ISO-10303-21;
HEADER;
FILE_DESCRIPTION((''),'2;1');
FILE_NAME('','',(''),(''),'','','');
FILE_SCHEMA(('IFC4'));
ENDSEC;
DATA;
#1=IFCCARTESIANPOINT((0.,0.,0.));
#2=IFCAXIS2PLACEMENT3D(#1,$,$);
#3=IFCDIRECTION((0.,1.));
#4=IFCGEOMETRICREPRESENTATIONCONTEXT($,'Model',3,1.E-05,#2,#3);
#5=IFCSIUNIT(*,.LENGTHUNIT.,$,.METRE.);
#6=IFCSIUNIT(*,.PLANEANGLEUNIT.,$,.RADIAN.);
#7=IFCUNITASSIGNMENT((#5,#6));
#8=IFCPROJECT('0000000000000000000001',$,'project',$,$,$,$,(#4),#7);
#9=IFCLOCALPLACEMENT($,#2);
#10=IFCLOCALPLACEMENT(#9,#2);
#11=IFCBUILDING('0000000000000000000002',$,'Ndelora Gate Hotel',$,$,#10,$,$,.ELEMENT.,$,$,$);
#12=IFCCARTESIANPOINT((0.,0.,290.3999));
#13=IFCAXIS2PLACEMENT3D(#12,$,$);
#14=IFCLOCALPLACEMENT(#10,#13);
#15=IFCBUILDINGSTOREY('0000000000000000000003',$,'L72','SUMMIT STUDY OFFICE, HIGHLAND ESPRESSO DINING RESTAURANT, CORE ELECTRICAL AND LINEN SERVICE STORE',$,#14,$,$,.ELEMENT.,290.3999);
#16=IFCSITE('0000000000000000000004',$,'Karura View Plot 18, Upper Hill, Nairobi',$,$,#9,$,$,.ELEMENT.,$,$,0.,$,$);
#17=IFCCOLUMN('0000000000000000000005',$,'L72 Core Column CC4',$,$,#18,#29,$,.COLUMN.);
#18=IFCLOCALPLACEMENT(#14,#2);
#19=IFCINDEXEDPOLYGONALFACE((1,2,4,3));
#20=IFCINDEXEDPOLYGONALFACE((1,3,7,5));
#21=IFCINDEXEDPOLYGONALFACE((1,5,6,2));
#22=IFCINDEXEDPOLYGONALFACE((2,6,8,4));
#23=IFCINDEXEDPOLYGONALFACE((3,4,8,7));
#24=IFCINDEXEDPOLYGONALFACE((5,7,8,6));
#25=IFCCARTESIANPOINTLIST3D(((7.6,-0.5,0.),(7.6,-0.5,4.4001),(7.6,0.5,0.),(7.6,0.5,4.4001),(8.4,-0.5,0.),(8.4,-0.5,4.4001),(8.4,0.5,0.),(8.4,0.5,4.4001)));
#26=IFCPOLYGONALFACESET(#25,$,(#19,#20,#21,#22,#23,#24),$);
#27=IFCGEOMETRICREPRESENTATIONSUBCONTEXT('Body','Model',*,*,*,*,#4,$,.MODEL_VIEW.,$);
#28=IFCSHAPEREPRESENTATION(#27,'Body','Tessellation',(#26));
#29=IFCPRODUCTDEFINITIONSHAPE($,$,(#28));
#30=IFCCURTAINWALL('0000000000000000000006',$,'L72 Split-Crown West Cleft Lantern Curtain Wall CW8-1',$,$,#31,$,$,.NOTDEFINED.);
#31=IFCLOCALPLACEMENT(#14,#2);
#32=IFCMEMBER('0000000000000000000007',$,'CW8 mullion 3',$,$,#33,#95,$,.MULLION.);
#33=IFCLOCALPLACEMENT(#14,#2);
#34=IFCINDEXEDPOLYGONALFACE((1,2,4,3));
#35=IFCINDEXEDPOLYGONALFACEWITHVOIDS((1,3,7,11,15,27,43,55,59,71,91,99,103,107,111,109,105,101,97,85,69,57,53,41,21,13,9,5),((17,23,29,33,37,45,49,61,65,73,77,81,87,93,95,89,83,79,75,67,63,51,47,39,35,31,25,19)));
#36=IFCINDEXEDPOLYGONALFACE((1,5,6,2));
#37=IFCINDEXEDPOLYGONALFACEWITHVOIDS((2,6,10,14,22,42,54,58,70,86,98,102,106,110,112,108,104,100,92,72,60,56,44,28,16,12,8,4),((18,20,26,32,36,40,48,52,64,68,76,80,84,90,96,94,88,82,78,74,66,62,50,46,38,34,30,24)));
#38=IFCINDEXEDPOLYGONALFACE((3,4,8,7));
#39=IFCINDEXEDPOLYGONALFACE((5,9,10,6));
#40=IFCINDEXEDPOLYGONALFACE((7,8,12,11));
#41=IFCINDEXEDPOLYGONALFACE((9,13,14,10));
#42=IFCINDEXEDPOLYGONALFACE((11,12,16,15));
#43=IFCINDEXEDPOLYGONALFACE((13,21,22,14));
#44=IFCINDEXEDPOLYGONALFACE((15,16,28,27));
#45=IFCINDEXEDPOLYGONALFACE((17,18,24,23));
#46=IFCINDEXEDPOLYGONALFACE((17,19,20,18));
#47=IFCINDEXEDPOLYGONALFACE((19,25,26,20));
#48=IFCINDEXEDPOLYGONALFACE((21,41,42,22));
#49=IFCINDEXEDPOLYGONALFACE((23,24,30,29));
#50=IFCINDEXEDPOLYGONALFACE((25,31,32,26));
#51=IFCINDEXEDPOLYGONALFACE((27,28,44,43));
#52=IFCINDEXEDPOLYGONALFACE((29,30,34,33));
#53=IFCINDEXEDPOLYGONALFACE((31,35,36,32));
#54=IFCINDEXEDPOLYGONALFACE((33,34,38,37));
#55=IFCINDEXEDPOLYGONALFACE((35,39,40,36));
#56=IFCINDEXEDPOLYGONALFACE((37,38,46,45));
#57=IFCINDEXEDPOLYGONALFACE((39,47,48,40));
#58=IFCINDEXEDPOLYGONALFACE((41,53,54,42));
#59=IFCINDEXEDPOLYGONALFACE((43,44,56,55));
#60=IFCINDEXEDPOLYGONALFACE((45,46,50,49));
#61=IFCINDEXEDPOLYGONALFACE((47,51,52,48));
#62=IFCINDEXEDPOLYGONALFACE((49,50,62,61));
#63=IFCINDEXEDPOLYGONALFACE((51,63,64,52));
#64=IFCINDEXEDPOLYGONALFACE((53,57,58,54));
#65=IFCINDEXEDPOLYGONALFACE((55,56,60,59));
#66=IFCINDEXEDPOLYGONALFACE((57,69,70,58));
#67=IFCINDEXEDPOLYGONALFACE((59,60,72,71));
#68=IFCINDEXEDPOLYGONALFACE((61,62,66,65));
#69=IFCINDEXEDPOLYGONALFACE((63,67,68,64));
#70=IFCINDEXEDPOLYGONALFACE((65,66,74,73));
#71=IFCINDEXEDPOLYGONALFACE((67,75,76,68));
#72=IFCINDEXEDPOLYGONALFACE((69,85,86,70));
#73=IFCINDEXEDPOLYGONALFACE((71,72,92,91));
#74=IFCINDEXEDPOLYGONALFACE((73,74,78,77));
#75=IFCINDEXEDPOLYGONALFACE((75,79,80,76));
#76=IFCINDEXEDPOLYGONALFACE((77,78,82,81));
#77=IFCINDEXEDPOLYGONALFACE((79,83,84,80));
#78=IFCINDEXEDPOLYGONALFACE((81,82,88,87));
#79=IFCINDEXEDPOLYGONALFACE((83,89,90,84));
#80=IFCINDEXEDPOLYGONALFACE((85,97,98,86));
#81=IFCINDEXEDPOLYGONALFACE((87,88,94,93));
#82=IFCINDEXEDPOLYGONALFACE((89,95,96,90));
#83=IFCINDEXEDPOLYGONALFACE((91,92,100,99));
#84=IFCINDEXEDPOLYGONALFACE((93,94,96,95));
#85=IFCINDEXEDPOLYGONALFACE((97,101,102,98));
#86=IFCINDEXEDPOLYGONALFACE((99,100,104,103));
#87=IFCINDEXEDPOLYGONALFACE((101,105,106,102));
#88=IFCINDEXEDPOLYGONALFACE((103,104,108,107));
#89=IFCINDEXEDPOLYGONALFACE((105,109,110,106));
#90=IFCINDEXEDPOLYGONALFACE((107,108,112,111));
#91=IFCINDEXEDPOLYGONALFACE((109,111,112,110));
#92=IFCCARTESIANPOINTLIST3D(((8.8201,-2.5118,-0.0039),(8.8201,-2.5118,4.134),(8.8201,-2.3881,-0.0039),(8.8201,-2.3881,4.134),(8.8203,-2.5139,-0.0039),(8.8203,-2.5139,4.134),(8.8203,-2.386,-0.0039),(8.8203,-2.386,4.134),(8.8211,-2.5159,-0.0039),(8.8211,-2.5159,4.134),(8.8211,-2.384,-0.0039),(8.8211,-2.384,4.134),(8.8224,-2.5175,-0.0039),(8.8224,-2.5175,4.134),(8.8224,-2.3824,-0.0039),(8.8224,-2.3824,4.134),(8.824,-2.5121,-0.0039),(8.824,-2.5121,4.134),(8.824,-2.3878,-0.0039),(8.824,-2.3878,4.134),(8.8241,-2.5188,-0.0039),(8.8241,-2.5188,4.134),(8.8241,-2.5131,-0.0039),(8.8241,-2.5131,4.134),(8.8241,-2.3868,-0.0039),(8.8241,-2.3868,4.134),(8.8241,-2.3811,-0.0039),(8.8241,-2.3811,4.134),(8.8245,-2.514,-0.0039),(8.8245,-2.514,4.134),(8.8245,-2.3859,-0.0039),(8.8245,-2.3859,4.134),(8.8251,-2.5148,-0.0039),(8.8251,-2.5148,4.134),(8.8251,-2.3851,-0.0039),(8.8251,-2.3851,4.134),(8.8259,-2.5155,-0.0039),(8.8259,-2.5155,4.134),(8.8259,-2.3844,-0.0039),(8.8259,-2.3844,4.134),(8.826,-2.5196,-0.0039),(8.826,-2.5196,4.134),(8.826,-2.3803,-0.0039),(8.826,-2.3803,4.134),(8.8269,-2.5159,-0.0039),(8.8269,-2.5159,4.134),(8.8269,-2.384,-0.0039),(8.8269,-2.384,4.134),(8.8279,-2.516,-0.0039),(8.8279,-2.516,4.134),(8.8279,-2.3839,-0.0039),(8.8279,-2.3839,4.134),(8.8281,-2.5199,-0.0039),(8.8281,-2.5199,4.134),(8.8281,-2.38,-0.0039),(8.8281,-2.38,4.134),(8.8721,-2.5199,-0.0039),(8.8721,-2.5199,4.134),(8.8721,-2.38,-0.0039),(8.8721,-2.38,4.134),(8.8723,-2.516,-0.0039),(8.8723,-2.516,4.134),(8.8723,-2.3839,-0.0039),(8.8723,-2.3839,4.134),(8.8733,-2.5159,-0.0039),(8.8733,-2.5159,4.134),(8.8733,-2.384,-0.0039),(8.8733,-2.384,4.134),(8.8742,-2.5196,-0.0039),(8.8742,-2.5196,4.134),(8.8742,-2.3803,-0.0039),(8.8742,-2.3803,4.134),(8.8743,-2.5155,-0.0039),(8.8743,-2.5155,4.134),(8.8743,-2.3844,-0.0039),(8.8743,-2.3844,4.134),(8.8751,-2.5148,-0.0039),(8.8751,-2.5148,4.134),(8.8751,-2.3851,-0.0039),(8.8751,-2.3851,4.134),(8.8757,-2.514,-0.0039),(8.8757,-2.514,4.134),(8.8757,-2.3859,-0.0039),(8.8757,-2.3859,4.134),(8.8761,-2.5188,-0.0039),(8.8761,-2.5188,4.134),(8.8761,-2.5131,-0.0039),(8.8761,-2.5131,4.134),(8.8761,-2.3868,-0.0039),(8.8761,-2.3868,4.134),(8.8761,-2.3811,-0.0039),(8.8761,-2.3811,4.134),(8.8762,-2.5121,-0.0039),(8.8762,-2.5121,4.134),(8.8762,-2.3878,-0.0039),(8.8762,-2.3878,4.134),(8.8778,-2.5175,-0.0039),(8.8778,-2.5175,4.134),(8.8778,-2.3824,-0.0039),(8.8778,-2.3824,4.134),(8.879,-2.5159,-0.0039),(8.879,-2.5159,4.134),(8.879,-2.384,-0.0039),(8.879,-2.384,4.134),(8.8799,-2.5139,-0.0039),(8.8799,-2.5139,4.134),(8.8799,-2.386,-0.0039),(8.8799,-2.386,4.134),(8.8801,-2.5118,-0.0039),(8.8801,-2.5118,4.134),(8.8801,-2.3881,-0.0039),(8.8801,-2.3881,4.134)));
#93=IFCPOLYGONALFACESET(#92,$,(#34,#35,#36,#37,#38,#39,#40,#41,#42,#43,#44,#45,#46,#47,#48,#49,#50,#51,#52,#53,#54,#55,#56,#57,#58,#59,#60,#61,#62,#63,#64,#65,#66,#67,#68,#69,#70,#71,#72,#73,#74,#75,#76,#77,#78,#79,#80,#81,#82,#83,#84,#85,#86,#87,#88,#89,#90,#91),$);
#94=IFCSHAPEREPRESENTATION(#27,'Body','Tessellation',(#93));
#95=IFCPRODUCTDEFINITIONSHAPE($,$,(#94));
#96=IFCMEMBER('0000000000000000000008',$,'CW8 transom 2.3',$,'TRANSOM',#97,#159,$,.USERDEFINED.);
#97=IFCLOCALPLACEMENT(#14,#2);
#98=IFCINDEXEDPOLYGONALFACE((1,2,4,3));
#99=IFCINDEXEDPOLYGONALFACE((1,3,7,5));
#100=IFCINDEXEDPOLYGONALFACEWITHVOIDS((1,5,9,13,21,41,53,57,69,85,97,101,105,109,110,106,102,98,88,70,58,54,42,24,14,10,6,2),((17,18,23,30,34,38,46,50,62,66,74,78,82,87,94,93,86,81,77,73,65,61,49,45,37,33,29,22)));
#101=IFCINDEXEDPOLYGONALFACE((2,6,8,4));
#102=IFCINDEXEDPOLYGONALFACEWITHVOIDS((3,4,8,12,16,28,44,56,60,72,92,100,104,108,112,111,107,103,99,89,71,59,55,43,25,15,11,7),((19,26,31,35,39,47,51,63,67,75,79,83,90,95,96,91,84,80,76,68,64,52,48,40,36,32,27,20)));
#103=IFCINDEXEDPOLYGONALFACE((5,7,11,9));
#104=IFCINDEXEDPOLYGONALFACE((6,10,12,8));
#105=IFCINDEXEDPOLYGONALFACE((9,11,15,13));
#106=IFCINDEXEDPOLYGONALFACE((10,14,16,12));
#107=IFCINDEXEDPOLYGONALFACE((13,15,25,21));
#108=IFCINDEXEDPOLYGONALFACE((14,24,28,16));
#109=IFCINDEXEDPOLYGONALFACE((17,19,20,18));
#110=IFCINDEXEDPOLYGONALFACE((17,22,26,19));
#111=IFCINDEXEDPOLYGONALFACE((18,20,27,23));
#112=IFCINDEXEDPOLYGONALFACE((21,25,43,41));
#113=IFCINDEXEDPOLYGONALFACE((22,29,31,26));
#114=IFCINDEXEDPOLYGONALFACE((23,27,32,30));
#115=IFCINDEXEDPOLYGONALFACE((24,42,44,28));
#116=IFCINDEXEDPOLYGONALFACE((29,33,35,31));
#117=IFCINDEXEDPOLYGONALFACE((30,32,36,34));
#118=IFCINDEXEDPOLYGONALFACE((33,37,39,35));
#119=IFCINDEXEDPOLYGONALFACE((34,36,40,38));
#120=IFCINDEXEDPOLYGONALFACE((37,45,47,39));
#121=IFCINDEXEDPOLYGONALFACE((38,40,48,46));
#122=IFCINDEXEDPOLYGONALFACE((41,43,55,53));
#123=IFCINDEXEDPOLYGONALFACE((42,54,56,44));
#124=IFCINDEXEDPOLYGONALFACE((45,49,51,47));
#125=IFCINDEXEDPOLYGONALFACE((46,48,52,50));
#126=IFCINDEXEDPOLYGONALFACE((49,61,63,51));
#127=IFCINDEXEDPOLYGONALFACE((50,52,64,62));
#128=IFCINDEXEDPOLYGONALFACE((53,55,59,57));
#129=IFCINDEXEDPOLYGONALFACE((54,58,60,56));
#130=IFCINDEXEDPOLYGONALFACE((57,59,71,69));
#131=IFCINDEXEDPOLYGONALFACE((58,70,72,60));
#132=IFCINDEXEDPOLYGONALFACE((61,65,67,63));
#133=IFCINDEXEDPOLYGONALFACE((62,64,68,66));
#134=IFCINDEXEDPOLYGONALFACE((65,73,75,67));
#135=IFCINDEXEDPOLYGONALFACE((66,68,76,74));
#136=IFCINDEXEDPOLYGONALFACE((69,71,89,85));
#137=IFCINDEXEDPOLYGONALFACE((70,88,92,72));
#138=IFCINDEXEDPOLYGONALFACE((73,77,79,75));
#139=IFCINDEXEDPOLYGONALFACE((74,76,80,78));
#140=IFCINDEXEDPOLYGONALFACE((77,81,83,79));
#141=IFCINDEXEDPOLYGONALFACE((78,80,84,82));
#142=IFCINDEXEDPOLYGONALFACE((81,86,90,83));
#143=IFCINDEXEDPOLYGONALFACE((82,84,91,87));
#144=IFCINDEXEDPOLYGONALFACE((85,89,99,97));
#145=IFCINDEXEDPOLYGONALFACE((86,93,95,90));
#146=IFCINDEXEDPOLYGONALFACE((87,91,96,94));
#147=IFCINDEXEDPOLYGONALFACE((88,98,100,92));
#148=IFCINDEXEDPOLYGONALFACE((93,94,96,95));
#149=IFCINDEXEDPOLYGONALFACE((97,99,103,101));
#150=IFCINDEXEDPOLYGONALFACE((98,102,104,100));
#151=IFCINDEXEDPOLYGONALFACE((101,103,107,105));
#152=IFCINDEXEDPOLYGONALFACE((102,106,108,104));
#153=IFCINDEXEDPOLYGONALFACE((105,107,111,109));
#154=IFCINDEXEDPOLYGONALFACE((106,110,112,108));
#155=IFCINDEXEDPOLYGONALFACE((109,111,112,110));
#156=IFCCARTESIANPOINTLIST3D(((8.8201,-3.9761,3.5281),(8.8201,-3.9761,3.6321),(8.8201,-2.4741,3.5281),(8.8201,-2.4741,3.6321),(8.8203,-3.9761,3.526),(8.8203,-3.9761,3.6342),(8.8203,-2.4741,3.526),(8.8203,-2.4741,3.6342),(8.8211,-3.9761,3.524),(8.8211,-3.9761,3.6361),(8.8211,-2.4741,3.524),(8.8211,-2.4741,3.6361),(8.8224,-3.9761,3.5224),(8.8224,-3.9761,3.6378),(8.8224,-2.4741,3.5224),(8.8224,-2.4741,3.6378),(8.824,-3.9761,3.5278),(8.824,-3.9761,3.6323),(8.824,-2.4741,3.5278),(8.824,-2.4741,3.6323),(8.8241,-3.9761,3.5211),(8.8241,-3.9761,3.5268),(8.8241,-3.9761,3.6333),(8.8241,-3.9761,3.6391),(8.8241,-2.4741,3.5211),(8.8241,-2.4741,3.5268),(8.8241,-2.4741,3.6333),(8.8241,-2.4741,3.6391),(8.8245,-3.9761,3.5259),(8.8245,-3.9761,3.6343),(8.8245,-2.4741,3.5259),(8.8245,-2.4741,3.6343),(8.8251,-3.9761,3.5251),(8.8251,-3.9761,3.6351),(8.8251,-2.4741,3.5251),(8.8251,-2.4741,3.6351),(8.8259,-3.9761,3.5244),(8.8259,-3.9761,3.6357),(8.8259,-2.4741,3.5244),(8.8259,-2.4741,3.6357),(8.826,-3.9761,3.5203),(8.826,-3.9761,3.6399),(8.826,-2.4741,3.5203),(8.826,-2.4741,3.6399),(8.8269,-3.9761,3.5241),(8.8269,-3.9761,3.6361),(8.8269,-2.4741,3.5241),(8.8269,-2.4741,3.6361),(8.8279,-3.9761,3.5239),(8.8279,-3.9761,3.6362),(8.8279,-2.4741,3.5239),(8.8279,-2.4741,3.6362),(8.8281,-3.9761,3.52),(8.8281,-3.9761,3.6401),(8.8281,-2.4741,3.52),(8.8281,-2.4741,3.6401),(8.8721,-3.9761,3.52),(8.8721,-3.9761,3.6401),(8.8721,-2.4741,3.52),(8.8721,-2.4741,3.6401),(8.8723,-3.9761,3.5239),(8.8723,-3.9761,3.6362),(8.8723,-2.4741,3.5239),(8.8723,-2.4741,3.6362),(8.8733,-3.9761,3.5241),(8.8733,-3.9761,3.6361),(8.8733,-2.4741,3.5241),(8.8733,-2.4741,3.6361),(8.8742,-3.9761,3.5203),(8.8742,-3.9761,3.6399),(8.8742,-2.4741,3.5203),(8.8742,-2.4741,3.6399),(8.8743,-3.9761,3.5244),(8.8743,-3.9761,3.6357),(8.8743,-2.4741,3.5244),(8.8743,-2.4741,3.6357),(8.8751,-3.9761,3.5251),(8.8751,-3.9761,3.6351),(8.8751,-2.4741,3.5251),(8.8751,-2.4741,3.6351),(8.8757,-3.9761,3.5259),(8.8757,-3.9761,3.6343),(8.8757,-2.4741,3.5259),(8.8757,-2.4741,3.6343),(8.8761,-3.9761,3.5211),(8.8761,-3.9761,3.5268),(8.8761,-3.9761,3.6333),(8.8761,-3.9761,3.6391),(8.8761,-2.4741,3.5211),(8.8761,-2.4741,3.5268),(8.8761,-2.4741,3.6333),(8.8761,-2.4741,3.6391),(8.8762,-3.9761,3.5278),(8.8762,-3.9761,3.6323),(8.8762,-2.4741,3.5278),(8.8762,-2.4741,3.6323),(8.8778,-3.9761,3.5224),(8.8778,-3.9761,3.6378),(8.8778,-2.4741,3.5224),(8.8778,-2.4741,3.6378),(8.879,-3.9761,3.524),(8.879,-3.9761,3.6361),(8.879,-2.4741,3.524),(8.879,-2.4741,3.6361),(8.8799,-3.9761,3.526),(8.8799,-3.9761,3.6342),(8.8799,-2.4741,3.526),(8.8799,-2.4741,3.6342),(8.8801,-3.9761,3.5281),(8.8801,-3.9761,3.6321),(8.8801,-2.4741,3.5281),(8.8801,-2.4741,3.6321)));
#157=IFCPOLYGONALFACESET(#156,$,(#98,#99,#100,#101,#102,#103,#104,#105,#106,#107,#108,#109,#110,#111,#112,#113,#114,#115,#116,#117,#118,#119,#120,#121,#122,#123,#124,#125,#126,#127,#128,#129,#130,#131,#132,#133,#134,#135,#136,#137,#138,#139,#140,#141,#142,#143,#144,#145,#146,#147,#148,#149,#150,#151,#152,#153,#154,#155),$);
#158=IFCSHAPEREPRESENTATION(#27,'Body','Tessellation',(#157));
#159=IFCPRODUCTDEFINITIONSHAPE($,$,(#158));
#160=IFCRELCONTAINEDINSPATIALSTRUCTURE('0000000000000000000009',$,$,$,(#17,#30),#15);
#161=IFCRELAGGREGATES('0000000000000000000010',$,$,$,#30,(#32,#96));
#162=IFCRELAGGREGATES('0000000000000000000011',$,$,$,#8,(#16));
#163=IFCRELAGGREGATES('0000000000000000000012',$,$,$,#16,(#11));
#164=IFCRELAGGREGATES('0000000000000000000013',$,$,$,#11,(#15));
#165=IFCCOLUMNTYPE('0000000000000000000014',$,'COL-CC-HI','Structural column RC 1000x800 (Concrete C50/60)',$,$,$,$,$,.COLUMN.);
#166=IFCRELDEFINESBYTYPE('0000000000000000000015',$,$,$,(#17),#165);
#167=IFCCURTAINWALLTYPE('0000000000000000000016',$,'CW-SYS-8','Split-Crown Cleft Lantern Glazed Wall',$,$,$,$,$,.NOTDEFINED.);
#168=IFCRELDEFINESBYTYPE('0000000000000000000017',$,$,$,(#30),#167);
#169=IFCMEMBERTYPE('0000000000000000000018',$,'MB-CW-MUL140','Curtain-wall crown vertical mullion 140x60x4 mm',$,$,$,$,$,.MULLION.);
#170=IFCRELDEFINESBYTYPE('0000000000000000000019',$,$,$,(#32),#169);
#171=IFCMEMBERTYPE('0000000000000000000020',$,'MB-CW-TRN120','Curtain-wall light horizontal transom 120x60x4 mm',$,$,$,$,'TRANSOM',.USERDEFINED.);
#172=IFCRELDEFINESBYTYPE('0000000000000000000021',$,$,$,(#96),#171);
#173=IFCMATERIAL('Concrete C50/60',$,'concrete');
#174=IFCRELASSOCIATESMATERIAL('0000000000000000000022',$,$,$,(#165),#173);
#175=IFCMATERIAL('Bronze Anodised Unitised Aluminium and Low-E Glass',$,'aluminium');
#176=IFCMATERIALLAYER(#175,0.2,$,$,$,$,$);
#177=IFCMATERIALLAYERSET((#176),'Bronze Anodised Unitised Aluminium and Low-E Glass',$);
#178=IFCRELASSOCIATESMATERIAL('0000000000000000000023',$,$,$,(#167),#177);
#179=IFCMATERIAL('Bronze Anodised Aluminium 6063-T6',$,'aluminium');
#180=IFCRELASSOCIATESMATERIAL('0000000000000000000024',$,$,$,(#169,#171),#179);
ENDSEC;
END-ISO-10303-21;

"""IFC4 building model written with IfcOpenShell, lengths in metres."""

from ifc_helpers import new_model, si_unit, direction, frame, origin, origin_2d, place, context, subcontext, project, spatial, rectangle, hollow_rectangle, extrude, material, layer, layer_set, material_profile, profile_set, type_object, element, aggregate, save


model = new_model("IFC4")

# Units and contexts
model_context = context("Model", 3, precision=1e-05, world=origin(), true_north=direction((0.0, 1.0)))
body_context = subcontext(model_context, "Body", "Model", "MODEL_VIEW")
ifc_project = project(units=[si_unit("LENGTHUNIT", "METRE"), si_unit("PLANEANGLEUNIT", "RADIAN")], contexts=[model_context])

# Site, building, storey
site_placement = place(None, origin())
site = spatial("IfcSite", under=ifc_project, at=site_placement, Name="Karura View Plot 18, Upper Hill, Nairobi", CompositionType="ELEMENT", RefElevation=0.0)
building_placement = place(site_placement, origin())
building = spatial("IfcBuilding", under=site, at=building_placement, Name="Ndelora Gate Hotel", CompositionType="ELEMENT")
storey_placement = place(building_placement, frame((0.0, 0.0, 290.3999)))
storey = spatial("IfcBuildingStorey", under=building, at=storey_placement, Name="L72", Description="SUMMIT STUDY OFFICE, HIGHLAND ESPRESSO DINING RESTAURANT, CORE ELECTRICAL AND LINEN SERVICE STORE", CompositionType="ELEMENT", Elevation=290.3999)

# Column
ifc_material_1 = material(Name="Concrete C50/60", Category="concrete")
ifc_material_profile_1 = material_profile(ifc_material_1, rectangle(XDim=0.8, YDim=1.0, at=origin_2d()), Name="RC 1000x800")
ifc_profile_set_1 = profile_set([ifc_material_profile_1], Name="Concrete C50/60")
column_type = type_object("IfcColumnType", Name="COL-CC-HI", Description="Structural column RC 1000x800 (Concrete C50/60)", PredefinedType="COLUMN", material=ifc_profile_set_1)
column_placement = place(storey_placement, frame((8.0, 0.0, 0.0), z_axis=(0.0, 0.0, 1.0), x_axis=(1.0, 0.0, 0.0)))
element("IfcColumn", 1, at=column_placement, inside=storey, type_object=column_type, Name="L72 Core Column CC4", PredefinedType="COLUMN", context=body_context, shape_type="SweptSolid", body=[
    extrude(rectangle(XDim=0.8, YDim=1.0, at=origin_2d()), origin(), (0.0, 0.0, 1.0), 4.4001),
])

# Curtain wall, members
ifc_material_2 = material(Name="Bronze Anodised Unitised Aluminium and Low-E Glass", Category="aluminium")
ifc_layer_1 = layer(ifc_material_2, 0.2)
ifc_layer_set_1 = layer_set([ifc_layer_1], Name="Bronze Anodised Unitised Aluminium and Low-E Glass")
curtain_wall_type = type_object("IfcCurtainWallType", Name="CW-SYS-8", Description="Split-Crown Cleft Lantern Glazed Wall", PredefinedType="NOTDEFINED", material=ifc_layer_set_1)
curtain_wall_placement = place(storey_placement, origin())
curtain_wall = element("IfcCurtainWall", 2, at=curtain_wall_placement, inside=storey, type_object=curtain_wall_type, Name="L72 Split-Crown West Cleft Lantern Curtain Wall CW8-1", PredefinedType="NOTDEFINED")
ifc_material_3 = material(Name="Bronze Anodised Aluminium 6063-T6", Category="aluminium")
ifc_material_profile_2 = material_profile(ifc_material_3, hollow_rectangle(XDim=0.0601, YDim=0.1399, WallThickness=0.0039, InnerFilletRadius=0.0039, OuterFilletRadius=0.0081, at=origin_2d()), Name="ALU 140x60x4")
ifc_profile_set_2 = profile_set([ifc_material_profile_2], Name="Bronze Anodised Aluminium 6063-T6")
member_type_1 = type_object("IfcMemberType", Name="MB-CW-MUL140", Description="Curtain-wall crown vertical mullion 140x60x4 mm", PredefinedType="MULLION", material=ifc_profile_set_2)
member_1_placement = place(storey_placement, frame((8.8501, -2.45, -0.0039), z_axis=(0.0, 0.0, 1.0), x_axis=(-1.0, 0.0, 0.0)))
member_1 = element("IfcMember", 3, at=member_1_placement, type_object=member_type_1, Name="CW8 mullion 3", PredefinedType="MULLION", context=body_context, shape_type="SweptSolid", body=[
    extrude(hollow_rectangle(XDim=0.0601, YDim=0.1399, WallThickness=0.0039, InnerFilletRadius=0.0039, OuterFilletRadius=0.0081, at=origin_2d()), origin(), (0.0, 0.0, 1.0), 4.1379),
])
ifc_material_profile_3 = material_profile(ifc_material_3, hollow_rectangle(XDim=0.0601, YDim=0.1201, WallThickness=0.0039, InnerFilletRadius=0.0039, OuterFilletRadius=0.0081, at=origin_2d()), Name="ALU 120x60x4")
ifc_profile_set_3 = profile_set([ifc_material_profile_3], Name="Bronze Anodised Aluminium 6063-T6")
member_type_2 = type_object("IfcMemberType", Name="MB-CW-TRN120", Description="Curtain-wall light horizontal transom 120x60x4 mm", ElementType="TRANSOM", PredefinedType="USERDEFINED", material=ifc_profile_set_3)
member_2_placement = place(storey_placement, frame((8.8501, -3.9761, 3.5801), z_axis=(0.0, 1.0, 0.0), x_axis=(-1.0, 0.0, 0.0)))
member_2 = element("IfcMember", 4, at=member_2_placement, type_object=member_type_2, Name="CW8 transom 2.3", ObjectType="TRANSOM", PredefinedType="USERDEFINED", context=body_context, shape_type="SweptSolid", body=[
    extrude(hollow_rectangle(XDim=0.0601, YDim=0.1201, WallThickness=0.0039, InnerFilletRadius=0.0039, OuterFilletRadius=0.0081, at=origin_2d()), origin(), (0.0, 0.0, 1.0), 1.502),
])
aggregate(curtain_wall, [member_1, member_2])

save(model, "model.ifc")
